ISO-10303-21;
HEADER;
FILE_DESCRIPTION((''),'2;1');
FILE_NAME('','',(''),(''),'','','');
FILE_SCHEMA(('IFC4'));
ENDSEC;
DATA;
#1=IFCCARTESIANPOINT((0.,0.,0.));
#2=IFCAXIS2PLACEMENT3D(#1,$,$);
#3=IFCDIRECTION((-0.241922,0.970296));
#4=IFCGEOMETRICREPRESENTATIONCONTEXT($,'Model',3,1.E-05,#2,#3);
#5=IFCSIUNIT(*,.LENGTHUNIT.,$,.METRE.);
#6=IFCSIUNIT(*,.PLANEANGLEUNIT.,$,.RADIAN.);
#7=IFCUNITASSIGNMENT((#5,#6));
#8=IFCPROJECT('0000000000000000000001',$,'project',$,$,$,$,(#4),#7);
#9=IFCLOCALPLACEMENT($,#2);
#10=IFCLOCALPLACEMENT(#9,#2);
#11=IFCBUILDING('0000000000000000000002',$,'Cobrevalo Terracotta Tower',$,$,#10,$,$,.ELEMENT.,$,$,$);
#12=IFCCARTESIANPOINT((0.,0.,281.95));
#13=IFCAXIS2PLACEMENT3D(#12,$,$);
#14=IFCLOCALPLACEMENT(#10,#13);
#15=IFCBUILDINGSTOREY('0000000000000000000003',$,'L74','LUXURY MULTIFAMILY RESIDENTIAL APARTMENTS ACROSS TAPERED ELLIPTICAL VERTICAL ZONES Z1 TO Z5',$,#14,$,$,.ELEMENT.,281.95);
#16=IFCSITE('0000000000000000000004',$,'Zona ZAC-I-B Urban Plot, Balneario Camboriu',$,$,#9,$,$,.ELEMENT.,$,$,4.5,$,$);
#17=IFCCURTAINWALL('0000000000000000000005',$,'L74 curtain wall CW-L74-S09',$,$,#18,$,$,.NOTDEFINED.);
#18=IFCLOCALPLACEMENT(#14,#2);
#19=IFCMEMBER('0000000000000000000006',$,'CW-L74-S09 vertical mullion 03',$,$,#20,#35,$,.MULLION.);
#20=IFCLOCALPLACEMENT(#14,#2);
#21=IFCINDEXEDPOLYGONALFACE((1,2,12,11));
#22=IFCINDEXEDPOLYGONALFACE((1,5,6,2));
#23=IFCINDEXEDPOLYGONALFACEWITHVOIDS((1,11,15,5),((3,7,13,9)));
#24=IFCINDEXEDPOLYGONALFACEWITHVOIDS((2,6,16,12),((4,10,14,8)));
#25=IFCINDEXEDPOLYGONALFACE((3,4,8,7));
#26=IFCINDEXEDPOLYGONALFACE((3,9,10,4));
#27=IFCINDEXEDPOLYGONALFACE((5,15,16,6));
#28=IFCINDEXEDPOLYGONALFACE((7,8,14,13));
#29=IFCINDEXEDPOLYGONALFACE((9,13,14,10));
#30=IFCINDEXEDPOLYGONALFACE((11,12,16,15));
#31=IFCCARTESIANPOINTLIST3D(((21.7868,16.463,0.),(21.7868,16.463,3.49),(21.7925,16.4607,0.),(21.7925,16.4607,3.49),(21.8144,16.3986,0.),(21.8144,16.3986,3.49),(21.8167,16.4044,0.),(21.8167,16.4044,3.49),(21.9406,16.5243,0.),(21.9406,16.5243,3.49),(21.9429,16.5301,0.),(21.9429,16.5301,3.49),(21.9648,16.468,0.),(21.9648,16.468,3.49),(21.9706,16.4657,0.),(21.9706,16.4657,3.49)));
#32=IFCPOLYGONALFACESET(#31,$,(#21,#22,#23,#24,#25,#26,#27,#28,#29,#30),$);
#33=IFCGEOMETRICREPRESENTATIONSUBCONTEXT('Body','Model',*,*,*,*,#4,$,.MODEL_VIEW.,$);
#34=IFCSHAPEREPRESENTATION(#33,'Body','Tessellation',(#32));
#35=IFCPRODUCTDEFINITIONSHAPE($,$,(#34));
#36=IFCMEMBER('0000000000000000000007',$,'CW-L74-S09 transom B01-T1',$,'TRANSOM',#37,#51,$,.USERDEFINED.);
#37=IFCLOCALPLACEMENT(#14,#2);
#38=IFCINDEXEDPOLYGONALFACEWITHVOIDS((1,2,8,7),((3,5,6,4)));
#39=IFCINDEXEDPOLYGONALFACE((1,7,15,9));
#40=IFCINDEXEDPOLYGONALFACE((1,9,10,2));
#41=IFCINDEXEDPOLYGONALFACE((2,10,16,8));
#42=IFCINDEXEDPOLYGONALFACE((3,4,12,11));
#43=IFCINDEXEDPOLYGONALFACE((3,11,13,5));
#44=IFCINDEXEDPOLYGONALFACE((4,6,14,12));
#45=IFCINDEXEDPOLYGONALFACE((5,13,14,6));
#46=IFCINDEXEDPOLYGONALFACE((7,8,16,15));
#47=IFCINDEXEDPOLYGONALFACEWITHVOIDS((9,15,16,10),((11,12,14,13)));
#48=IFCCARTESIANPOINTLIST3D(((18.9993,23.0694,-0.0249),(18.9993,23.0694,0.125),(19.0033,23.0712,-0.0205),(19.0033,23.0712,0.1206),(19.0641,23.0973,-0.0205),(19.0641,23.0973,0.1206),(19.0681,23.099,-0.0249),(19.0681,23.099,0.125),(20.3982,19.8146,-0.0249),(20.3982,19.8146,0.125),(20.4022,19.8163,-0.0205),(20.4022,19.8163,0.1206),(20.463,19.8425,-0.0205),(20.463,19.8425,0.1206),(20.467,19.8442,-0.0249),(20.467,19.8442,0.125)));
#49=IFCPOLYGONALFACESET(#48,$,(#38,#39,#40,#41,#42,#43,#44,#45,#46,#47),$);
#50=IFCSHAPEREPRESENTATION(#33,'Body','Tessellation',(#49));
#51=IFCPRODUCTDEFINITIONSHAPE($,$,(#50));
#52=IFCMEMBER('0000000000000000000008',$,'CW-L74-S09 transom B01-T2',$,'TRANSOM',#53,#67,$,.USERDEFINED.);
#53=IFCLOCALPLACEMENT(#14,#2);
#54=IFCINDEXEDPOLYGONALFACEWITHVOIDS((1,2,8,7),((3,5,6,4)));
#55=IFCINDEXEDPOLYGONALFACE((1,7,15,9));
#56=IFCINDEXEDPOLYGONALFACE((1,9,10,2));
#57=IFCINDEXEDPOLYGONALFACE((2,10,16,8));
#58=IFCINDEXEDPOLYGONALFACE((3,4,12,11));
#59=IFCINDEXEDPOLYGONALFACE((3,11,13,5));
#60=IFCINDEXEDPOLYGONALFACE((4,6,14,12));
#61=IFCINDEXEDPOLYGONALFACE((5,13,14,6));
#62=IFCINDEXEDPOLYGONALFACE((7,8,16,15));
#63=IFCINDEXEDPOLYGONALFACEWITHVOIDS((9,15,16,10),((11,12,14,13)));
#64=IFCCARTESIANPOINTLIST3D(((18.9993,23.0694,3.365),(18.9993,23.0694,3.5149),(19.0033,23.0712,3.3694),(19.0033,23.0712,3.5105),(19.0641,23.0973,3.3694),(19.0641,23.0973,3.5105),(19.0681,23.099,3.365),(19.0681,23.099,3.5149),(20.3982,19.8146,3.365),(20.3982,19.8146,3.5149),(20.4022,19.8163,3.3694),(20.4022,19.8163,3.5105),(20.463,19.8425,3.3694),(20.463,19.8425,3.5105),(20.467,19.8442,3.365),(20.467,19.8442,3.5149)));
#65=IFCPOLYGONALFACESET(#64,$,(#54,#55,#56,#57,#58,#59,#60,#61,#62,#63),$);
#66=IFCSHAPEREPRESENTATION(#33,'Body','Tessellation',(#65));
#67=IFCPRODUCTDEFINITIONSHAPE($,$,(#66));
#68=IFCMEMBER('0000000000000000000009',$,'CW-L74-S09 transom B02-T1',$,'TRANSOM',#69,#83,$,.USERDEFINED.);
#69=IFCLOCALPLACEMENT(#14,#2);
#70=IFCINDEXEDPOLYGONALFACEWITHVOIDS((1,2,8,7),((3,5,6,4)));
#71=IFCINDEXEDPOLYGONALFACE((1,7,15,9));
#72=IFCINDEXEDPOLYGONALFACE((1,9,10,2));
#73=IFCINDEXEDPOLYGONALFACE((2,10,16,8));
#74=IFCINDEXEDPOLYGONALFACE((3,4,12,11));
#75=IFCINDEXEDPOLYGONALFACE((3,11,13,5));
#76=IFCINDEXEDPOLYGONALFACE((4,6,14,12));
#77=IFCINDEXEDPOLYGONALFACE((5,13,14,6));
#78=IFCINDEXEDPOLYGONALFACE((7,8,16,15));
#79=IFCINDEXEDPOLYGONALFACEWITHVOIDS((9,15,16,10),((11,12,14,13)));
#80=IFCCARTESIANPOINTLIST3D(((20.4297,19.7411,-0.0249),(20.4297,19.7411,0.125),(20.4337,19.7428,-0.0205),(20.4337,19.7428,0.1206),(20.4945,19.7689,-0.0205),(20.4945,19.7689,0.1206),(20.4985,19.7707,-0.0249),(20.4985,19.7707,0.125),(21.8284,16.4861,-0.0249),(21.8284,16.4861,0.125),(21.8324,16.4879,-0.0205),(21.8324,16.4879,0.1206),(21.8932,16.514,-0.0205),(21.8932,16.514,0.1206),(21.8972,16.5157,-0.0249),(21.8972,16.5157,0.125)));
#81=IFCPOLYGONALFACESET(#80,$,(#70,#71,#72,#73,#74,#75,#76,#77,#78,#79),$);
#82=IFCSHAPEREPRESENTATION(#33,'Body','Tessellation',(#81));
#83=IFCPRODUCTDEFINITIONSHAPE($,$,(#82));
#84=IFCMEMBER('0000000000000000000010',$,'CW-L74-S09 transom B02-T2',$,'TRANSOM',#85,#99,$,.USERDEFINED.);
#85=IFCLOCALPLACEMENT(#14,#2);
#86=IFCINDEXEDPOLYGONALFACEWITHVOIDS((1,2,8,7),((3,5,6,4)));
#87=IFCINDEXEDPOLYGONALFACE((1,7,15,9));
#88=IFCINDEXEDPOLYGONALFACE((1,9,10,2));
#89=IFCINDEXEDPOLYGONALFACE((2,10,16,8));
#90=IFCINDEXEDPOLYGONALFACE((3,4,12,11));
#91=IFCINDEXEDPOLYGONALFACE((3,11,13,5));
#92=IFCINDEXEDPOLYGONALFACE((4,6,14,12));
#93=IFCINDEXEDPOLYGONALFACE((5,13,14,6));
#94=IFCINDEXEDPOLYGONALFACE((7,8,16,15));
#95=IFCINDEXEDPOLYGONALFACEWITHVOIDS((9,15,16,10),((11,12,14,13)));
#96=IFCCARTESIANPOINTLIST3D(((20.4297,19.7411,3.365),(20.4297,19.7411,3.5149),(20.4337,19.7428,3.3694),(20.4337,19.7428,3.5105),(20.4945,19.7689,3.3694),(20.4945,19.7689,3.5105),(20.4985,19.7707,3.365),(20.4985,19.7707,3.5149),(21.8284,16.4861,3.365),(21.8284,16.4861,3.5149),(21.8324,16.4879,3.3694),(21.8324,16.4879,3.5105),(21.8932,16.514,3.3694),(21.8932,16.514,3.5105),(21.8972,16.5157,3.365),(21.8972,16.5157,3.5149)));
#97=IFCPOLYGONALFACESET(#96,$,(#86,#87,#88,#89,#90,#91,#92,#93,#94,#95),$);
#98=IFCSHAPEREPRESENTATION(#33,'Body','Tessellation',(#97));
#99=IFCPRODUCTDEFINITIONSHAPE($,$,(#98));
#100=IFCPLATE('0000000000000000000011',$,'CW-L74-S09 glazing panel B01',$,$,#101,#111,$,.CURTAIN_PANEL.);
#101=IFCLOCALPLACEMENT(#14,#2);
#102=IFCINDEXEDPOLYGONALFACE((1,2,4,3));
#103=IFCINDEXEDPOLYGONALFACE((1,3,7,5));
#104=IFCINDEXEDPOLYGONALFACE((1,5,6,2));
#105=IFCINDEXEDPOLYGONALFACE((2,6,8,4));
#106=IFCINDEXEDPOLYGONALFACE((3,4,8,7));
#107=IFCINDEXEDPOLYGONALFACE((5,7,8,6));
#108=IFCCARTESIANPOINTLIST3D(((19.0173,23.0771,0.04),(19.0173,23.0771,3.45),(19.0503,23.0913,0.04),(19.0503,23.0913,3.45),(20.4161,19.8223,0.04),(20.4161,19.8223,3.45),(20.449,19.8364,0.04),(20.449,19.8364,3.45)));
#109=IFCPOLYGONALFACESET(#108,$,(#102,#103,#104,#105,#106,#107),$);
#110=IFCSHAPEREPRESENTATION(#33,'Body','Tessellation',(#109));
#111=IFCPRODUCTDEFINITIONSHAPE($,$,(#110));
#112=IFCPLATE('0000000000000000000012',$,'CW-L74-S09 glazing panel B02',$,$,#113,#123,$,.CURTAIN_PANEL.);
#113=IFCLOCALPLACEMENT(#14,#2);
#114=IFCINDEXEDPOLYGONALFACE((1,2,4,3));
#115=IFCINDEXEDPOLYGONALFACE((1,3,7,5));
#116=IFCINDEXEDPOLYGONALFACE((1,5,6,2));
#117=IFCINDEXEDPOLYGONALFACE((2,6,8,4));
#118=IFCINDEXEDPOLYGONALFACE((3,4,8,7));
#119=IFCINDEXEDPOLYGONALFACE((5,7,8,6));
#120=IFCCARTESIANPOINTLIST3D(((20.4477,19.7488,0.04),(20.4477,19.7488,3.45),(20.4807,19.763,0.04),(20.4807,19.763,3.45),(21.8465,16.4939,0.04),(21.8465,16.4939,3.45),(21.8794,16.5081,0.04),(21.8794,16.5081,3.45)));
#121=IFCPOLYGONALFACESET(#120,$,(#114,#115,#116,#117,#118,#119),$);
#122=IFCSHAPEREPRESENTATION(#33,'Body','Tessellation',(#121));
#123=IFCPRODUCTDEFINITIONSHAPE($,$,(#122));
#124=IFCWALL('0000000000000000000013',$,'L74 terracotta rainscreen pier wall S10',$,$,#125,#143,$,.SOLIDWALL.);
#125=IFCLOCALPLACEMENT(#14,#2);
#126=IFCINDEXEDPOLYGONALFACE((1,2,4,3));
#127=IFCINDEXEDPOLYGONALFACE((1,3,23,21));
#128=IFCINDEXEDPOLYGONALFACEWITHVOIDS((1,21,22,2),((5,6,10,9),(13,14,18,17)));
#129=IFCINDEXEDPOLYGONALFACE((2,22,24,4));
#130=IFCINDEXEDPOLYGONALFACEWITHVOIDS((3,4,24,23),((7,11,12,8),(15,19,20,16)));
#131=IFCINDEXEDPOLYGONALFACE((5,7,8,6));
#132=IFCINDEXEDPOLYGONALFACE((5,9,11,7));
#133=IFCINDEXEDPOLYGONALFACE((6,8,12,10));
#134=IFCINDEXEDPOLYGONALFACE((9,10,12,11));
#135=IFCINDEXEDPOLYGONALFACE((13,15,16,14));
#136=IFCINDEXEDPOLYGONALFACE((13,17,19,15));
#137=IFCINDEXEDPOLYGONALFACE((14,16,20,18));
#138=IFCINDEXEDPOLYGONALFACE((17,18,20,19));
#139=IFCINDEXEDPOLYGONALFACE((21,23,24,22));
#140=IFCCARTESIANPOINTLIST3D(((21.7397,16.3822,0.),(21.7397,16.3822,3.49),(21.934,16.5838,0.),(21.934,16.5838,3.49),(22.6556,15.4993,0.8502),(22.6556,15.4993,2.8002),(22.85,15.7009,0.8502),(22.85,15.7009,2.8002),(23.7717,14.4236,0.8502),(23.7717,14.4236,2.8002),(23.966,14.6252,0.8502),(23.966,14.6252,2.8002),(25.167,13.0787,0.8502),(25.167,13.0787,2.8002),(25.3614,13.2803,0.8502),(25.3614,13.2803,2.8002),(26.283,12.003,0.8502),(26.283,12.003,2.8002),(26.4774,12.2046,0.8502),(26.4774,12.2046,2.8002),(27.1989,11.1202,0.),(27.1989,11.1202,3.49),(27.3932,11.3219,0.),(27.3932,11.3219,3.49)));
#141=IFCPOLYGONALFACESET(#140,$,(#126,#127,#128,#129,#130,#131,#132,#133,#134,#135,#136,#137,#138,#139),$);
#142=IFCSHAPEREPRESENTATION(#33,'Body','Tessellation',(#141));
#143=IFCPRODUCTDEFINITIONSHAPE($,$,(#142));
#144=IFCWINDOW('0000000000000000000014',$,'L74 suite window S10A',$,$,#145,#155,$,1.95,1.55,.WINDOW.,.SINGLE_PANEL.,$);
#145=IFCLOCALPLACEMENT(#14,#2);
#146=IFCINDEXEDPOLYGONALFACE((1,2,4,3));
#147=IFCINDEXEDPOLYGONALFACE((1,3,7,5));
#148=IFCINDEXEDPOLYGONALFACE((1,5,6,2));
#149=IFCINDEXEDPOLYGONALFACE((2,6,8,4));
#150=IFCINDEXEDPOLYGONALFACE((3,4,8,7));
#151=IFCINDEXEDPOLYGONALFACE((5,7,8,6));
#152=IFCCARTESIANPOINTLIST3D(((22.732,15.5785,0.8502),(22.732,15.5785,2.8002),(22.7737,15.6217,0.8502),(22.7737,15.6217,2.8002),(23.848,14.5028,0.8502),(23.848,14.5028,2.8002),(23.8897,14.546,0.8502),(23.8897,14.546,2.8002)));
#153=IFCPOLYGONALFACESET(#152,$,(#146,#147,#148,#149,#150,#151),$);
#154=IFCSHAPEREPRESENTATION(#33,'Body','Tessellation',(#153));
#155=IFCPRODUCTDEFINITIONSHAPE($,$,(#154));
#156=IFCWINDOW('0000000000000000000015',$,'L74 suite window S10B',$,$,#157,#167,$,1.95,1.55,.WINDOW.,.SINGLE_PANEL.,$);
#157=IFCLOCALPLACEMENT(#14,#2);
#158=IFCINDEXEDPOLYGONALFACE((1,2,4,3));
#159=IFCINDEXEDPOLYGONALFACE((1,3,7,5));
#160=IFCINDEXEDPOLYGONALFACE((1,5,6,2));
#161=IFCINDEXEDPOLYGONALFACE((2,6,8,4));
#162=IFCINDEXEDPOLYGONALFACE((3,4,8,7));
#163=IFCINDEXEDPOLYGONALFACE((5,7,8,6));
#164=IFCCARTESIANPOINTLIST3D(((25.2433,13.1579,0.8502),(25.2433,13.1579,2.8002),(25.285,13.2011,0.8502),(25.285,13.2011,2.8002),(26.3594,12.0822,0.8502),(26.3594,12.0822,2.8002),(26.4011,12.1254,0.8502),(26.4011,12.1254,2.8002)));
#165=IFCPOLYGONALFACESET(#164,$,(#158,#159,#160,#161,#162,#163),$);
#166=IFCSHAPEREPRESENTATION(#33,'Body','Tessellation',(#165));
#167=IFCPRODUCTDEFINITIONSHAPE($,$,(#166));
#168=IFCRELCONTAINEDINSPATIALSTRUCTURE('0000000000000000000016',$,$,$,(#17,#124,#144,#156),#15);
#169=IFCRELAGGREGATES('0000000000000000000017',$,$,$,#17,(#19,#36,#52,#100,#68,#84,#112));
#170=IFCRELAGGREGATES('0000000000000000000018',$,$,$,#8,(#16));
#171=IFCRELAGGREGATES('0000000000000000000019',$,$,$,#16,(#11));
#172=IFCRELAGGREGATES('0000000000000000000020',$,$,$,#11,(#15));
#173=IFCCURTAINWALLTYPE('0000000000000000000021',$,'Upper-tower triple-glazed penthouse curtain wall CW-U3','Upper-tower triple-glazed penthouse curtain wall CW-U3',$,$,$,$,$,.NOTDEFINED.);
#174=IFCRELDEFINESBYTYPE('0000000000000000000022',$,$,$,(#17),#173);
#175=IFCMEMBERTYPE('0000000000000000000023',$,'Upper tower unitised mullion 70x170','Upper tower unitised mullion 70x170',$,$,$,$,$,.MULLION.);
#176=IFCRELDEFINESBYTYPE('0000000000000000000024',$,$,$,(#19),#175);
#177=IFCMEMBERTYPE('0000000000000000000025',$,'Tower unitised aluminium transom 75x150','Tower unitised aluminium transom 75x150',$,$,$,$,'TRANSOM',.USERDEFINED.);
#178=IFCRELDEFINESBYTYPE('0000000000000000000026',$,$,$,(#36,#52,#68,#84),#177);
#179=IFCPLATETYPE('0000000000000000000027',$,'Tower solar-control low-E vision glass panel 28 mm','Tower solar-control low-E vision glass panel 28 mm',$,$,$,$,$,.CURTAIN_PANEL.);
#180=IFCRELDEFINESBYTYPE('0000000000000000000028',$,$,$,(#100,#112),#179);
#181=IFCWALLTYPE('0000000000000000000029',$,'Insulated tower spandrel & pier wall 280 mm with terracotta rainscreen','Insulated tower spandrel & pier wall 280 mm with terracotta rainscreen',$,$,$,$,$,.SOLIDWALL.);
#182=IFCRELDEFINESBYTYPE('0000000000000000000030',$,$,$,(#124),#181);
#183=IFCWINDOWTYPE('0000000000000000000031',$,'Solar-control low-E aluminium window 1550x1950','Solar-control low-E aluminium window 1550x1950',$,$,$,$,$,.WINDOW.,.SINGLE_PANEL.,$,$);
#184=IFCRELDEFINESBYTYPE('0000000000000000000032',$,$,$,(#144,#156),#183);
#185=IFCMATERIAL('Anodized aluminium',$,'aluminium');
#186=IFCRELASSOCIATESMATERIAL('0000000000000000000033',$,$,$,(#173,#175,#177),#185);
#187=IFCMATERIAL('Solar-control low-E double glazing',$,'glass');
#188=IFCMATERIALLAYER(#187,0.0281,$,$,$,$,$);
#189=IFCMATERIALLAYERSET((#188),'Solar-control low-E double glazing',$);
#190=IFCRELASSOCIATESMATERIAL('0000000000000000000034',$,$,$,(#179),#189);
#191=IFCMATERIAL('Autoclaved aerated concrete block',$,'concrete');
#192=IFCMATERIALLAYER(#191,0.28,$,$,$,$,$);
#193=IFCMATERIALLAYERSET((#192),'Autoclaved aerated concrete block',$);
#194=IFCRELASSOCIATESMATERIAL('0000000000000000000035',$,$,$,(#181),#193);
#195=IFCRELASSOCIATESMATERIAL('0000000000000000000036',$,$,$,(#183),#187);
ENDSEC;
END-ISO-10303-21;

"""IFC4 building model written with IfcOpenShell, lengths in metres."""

from ifc_helpers import new_model, si_unit, direction, frame, frame_2d, origin, origin_2d, place, context, subcontext, project, spatial, rectangle, hollow_rectangle, extrude, source, transform, mapped, material, layer, layer_set, material_profile, profile_set, type_object, element, fill, aggregate, save


model = new_model("IFC4")

# Units and contexts
model_context = context("Model", 3, precision=1e-05, world=origin(), true_north=direction((-0.241922, 0.970296)))
body_context = subcontext(model_context, "Body", "Model", "MODEL_VIEW")
ifc_project = project(units=[si_unit("LENGTHUNIT", "METRE"), si_unit("PLANEANGLEUNIT", "RADIAN")], contexts=[model_context])

# Site, building, storey
site_placement = place(None, origin())
site = spatial("IfcSite", under=ifc_project, at=site_placement, Name="Zona ZAC-I-B Urban Plot, Balneario Camboriu", CompositionType="ELEMENT", RefElevation=4.5)
building_placement = place(site_placement, origin())
building = spatial("IfcBuilding", under=site, at=building_placement, Name="Cobrevalo Terracotta Tower", CompositionType="ELEMENT")
storey_placement = place(building_placement, frame((0.0, 0.0, 281.95)))
storey = spatial("IfcBuildingStorey", under=building, at=storey_placement, Name="L74", Description="LUXURY MULTIFAMILY RESIDENTIAL APARTMENTS ACROSS TAPERED ELLIPTICAL VERTICAL ZONES Z1 TO Z5", CompositionType="ELEMENT", Elevation=281.95)

# Shared definitions
ifc_material_1 = material(Name="Anodized aluminium", Category="aluminium")
curtain_wall_type = type_object("IfcCurtainWallType", Name="Upper-tower triple-glazed penthouse curtain wall CW-U3", Description="Upper-tower triple-glazed penthouse curtain wall CW-U3", PredefinedType="NOTDEFINED", material=ifc_material_1)
ifc_material_profile_1 = material_profile(ifc_material_1, hollow_rectangle(XDim=0.0701, YDim=0.1699, WallThickness=0.0044, at=origin_2d()), Name="CWM 70x170")
ifc_profile_set_1 = profile_set([ifc_material_profile_1], Name="Anodized aluminium")
member_type_1 = type_object("IfcMemberType", Name="Upper tower unitised mullion 70x170", Description="Upper tower unitised mullion 70x170", PredefinedType="MULLION", material=ifc_profile_set_1)
shared_shape_1 = source(origin(), body_context, "Body", "SweptSolid", [
    extrude(hollow_rectangle(XDim=0.0701, YDim=0.1699, WallThickness=0.0044, at=origin_2d()), origin(), (0.0, 0.0, 1.0), 3.49),
])

# Curtain wall, members, plates
curtain_wall_1_placement = place(storey_placement, origin())
curtain_wall_1 = element("IfcCurtainWall", 1, at=curtain_wall_1_placement, inside=storey, type_object=curtain_wall_type, Name="L74 curtain wall CW-L74-S09", PredefinedType="NOTDEFINED")
member_1_placement = place(storey_placement, frame((21.8787, 16.4644, 0.0), z_axis=(0.0, 0.0, 1.0), x_axis=(0.394824, -0.918757, 0.0)))
member_1 = element("IfcMember", 2, at=member_1_placement, type_object=member_type_1, Name="CW-L74-S09 vertical mullion 03", PredefinedType="MULLION", context=body_context, shape_type="MappedRepresentation", body=[
    mapped(shared_shape_1, transform((0.0, 0.0, 0.0), scale=1.0)),
])
ifc_material_profile_2 = material_profile(ifc_material_1, hollow_rectangle(XDim=0.075, YDim=0.1499, WallThickness=0.0044, at=origin_2d()), Name="CWT 75x150")
ifc_profile_set_2 = profile_set([ifc_material_profile_2], Name="Anodized aluminium")
member_type_2 = type_object("IfcMemberType", Name="Tower unitised aluminium transom 75x150", Description="Tower unitised aluminium transom 75x150", ElementType="TRANSOM", PredefinedType="USERDEFINED", material=ifc_profile_set_2)
shared_shape_2 = source(origin(), body_context, "Body", "SweptSolid", [
    extrude(hollow_rectangle(XDim=0.075, YDim=0.1499, WallThickness=0.0044, at=origin_2d()), origin(), (0.0, 0.0, 1.0), 3.5427),
])
member_2_placement = place(storey_placement, frame((19.0337, 23.0842, 0.05), z_axis=(0.394867, -0.918738, 0.0), x_axis=(0.918738, 0.394867, 0.0)))
member_2 = element("IfcMember", 3, at=member_2_placement, type_object=member_type_2, Name="CW-L74-S09 transom B01-T1", ObjectType="TRANSOM", PredefinedType="USERDEFINED", context=body_context, shape_type="MappedRepresentation", body=[
    mapped(shared_shape_2, transform((0.0, 0.0, 0.0), scale=1.0)),
])
member_3_placement = place(storey_placement, frame((19.0337, 23.0842, 3.4399), z_axis=(0.394867, -0.918738, 0.0), x_axis=(0.918738, 0.394867, 0.0)))
member_3 = element("IfcMember", 4, at=member_3_placement, type_object=member_type_2, Name="CW-L74-S09 transom B01-T2", ObjectType="TRANSOM", PredefinedType="USERDEFINED", context=body_context, shape_type="MappedRepresentation", body=[
    mapped(shared_shape_2, transform((0.0, 0.0, 0.0), scale=1.0)),
])
member_4_placement = place(storey_placement, frame((20.4641, 19.7559, 0.05), z_axis=(0.394809, -0.918763, 0.0), x_axis=(0.918763, 0.394809, 0.0)))
member_4 = element("IfcMember", 5, at=member_4_placement, type_object=member_type_2, Name="CW-L74-S09 transom B02-T1", ObjectType="TRANSOM", PredefinedType="USERDEFINED", context=body_context, shape_type="MappedRepresentation", body=[
    mapped(shared_shape_2, transform((0.0, 0.0, 0.0), scale=1.0)),
])
member_5_placement = place(storey_placement, frame((20.4641, 19.7559, 3.4399), z_axis=(0.394809, -0.918763, 0.0), x_axis=(0.918763, 0.394809, 0.0)))
member_5 = element("IfcMember", 6, at=member_5_placement, type_object=member_type_2, Name="CW-L74-S09 transom B02-T2", ObjectType="TRANSOM", PredefinedType="USERDEFINED", context=body_context, shape_type="MappedRepresentation", body=[
    mapped(shared_shape_2, transform((0.0, 0.0, 0.0), scale=1.0)),
])
ifc_material_2 = material(Name="Solar-control low-E double glazing", Category="glass")
ifc_layer_1 = layer(ifc_material_2, 0.0281)
ifc_layer_set_1 = layer_set([ifc_layer_1], Name="Solar-control low-E double glazing")
plate_type = type_object("IfcPlateType", Name="Tower solar-control low-E vision glass panel 28 mm", Description="Tower solar-control low-E vision glass panel 28 mm", PredefinedType="CURTAIN_PANEL", material=ifc_layer_set_1)
shared_shape_3 = source(origin(), body_context, "Body", "SweptSolid", [
    extrude(rectangle(XDim=3.5427, YDim=0.0359, at=origin_2d()), origin(), (0.0, 0.0, 1.0), 3.4099),
])
plate_1_placement = place(storey_placement, frame((19.7332, 21.4568, 0.04), z_axis=(0.0, 0.0, 1.0), x_axis=(0.394829, -0.918755, 0.0)))
plate_1 = element("IfcPlate", 7, at=plate_1_placement, type_object=plate_type, Name="CW-L74-S09 glazing panel B01", PredefinedType="CURTAIN_PANEL", context=body_context, shape_type="MappedRepresentation", body=[
    mapped(shared_shape_3, transform((0.0, 0.0, 0.0), scale=1.0)),
])
plate_2_placement = place(storey_placement, frame((21.1636, 18.1284, 0.04), z_axis=(0.0, 0.0, 1.0), x_axis=(0.394829, -0.918755, 0.0)))
plate_2 = element("IfcPlate", 8, at=plate_2_placement, type_object=plate_type, Name="CW-L74-S09 glazing panel B02", PredefinedType="CURTAIN_PANEL", context=body_context, shape_type="MappedRepresentation", body=[
    mapped(shared_shape_3, transform((0.0, 0.0, 0.0), scale=1.0)),
])
aggregate(curtain_wall_1, [member_1, member_2, member_3, plate_1, member_4, member_5, plate_2])

# Wall, openings, windows
ifc_material_3 = material(Name="Autoclaved aerated concrete block", Category="concrete")
ifc_layer_2 = layer(ifc_material_3, 0.28)
ifc_layer_set_2 = layer_set([ifc_layer_2], Name="Autoclaved aerated concrete block")
wall_type_1 = type_object("IfcWallType", Name="Insulated tower spandrel & pier wall 280 mm with terracotta rainscreen", Description="Insulated tower spandrel & pier wall 280 mm with terracotta rainscreen", PredefinedType="SOLIDWALL", material=ifc_layer_set_2)
wall_1_placement = place(storey_placement, frame((21.8369, 16.4829, 0.0), z_axis=(0.0, 0.0, 1.0), x_axis=(0.719995, -0.693979, 0.0)))
wall_1 = element("IfcWall", 9, at=wall_1_placement, inside=storey, type_object=wall_type_1, Name="L74 terracotta rainscreen pier wall S10", PredefinedType="SOLIDWALL", context=body_context, shape_type="SweptSolid", body=[
    extrude(rectangle(XDim=7.5823, YDim=0.28, at=frame_2d((3.791, 0.0))), origin(), (0.0, 0.0, 1.0), 3.49),
])
opening_1_placement = place(wall_1_placement, frame((1.2722, 0.0, 0.8501)))
opening_1 = element("IfcOpeningElement", 10, at=opening_1_placement, cuts=wall_1, PredefinedType="OPENING", context=body_context, shape_type="SweptSolid", body=[
    extrude(rectangle(XDim=1.55, YDim=1.95, at=frame_2d((0.7749, 0.9751))), frame((0.0, 0.1499, 0.0), z_axis=(0.0, -1.0, 0.0), x_axis=(1.0, 0.0, 0.0)), (0.0, 0.0, 1.0), 0.3),
])
opening_2_placement = place(wall_1_placement, frame((4.7603, 0.0, 0.8501)))
opening_2 = element("IfcOpeningElement", 11, at=opening_2_placement, cuts=wall_1, PredefinedType="OPENING", context=body_context, shape_type="SweptSolid", body=[
    extrude(rectangle(XDim=1.55, YDim=1.95, at=frame_2d((0.7749, 0.9751))), frame((0.0, 0.1499, 0.0), z_axis=(0.0, -1.0, 0.0), x_axis=(1.0, 0.0, 0.0)), (0.0, 0.0, 1.0), 0.3),
])
window_type = type_object("IfcWindowType", Name="Solar-control low-E aluminium window 1550x1950", Description="Solar-control low-E aluminium window 1550x1950", PartitioningType="SINGLE_PANEL", PredefinedType="WINDOW", material=ifc_material_2)
shared_shape_4 = source(origin(), body_context, "Body", "SweptSolid", [
    extrude(rectangle(XDim=1.55, YDim=1.95, at=frame_2d((0.7749, 0.9751))), frame((0.0, 0.03, 0.0), z_axis=(0.0, -1.0, 0.0), x_axis=(1.0, 0.0, 0.0)), (0.0, 0.0, 1.0), 0.0601),
])
window_1_placement = place(opening_1_placement, origin())
window_1 = element("IfcWindow", 12, at=window_1_placement, inside=storey, type_object=window_type, Name="L74 suite window S10A", OverallHeight=1.95, OverallWidth=1.55, PartitioningType="SINGLE_PANEL", PredefinedType="WINDOW", context=body_context, shape_type="MappedRepresentation", body=[
    mapped(shared_shape_4, transform((0.0, 0.0, 0.0), scale=1.0)),
])
fill(opening_1, window_1)
window_2_placement = place(opening_2_placement, origin())
window_2 = element("IfcWindow", 13, at=window_2_placement, inside=storey, type_object=window_type, Name="L74 suite window S10B", OverallHeight=1.95, OverallWidth=1.55, PartitioningType="SINGLE_PANEL", PredefinedType="WINDOW", context=body_context, shape_type="MappedRepresentation", body=[
    mapped(shared_shape_4, transform((0.0, 0.0, 0.0), scale=1.0)),
])
fill(opening_2, window_2)

save(model, "model.ifc")
